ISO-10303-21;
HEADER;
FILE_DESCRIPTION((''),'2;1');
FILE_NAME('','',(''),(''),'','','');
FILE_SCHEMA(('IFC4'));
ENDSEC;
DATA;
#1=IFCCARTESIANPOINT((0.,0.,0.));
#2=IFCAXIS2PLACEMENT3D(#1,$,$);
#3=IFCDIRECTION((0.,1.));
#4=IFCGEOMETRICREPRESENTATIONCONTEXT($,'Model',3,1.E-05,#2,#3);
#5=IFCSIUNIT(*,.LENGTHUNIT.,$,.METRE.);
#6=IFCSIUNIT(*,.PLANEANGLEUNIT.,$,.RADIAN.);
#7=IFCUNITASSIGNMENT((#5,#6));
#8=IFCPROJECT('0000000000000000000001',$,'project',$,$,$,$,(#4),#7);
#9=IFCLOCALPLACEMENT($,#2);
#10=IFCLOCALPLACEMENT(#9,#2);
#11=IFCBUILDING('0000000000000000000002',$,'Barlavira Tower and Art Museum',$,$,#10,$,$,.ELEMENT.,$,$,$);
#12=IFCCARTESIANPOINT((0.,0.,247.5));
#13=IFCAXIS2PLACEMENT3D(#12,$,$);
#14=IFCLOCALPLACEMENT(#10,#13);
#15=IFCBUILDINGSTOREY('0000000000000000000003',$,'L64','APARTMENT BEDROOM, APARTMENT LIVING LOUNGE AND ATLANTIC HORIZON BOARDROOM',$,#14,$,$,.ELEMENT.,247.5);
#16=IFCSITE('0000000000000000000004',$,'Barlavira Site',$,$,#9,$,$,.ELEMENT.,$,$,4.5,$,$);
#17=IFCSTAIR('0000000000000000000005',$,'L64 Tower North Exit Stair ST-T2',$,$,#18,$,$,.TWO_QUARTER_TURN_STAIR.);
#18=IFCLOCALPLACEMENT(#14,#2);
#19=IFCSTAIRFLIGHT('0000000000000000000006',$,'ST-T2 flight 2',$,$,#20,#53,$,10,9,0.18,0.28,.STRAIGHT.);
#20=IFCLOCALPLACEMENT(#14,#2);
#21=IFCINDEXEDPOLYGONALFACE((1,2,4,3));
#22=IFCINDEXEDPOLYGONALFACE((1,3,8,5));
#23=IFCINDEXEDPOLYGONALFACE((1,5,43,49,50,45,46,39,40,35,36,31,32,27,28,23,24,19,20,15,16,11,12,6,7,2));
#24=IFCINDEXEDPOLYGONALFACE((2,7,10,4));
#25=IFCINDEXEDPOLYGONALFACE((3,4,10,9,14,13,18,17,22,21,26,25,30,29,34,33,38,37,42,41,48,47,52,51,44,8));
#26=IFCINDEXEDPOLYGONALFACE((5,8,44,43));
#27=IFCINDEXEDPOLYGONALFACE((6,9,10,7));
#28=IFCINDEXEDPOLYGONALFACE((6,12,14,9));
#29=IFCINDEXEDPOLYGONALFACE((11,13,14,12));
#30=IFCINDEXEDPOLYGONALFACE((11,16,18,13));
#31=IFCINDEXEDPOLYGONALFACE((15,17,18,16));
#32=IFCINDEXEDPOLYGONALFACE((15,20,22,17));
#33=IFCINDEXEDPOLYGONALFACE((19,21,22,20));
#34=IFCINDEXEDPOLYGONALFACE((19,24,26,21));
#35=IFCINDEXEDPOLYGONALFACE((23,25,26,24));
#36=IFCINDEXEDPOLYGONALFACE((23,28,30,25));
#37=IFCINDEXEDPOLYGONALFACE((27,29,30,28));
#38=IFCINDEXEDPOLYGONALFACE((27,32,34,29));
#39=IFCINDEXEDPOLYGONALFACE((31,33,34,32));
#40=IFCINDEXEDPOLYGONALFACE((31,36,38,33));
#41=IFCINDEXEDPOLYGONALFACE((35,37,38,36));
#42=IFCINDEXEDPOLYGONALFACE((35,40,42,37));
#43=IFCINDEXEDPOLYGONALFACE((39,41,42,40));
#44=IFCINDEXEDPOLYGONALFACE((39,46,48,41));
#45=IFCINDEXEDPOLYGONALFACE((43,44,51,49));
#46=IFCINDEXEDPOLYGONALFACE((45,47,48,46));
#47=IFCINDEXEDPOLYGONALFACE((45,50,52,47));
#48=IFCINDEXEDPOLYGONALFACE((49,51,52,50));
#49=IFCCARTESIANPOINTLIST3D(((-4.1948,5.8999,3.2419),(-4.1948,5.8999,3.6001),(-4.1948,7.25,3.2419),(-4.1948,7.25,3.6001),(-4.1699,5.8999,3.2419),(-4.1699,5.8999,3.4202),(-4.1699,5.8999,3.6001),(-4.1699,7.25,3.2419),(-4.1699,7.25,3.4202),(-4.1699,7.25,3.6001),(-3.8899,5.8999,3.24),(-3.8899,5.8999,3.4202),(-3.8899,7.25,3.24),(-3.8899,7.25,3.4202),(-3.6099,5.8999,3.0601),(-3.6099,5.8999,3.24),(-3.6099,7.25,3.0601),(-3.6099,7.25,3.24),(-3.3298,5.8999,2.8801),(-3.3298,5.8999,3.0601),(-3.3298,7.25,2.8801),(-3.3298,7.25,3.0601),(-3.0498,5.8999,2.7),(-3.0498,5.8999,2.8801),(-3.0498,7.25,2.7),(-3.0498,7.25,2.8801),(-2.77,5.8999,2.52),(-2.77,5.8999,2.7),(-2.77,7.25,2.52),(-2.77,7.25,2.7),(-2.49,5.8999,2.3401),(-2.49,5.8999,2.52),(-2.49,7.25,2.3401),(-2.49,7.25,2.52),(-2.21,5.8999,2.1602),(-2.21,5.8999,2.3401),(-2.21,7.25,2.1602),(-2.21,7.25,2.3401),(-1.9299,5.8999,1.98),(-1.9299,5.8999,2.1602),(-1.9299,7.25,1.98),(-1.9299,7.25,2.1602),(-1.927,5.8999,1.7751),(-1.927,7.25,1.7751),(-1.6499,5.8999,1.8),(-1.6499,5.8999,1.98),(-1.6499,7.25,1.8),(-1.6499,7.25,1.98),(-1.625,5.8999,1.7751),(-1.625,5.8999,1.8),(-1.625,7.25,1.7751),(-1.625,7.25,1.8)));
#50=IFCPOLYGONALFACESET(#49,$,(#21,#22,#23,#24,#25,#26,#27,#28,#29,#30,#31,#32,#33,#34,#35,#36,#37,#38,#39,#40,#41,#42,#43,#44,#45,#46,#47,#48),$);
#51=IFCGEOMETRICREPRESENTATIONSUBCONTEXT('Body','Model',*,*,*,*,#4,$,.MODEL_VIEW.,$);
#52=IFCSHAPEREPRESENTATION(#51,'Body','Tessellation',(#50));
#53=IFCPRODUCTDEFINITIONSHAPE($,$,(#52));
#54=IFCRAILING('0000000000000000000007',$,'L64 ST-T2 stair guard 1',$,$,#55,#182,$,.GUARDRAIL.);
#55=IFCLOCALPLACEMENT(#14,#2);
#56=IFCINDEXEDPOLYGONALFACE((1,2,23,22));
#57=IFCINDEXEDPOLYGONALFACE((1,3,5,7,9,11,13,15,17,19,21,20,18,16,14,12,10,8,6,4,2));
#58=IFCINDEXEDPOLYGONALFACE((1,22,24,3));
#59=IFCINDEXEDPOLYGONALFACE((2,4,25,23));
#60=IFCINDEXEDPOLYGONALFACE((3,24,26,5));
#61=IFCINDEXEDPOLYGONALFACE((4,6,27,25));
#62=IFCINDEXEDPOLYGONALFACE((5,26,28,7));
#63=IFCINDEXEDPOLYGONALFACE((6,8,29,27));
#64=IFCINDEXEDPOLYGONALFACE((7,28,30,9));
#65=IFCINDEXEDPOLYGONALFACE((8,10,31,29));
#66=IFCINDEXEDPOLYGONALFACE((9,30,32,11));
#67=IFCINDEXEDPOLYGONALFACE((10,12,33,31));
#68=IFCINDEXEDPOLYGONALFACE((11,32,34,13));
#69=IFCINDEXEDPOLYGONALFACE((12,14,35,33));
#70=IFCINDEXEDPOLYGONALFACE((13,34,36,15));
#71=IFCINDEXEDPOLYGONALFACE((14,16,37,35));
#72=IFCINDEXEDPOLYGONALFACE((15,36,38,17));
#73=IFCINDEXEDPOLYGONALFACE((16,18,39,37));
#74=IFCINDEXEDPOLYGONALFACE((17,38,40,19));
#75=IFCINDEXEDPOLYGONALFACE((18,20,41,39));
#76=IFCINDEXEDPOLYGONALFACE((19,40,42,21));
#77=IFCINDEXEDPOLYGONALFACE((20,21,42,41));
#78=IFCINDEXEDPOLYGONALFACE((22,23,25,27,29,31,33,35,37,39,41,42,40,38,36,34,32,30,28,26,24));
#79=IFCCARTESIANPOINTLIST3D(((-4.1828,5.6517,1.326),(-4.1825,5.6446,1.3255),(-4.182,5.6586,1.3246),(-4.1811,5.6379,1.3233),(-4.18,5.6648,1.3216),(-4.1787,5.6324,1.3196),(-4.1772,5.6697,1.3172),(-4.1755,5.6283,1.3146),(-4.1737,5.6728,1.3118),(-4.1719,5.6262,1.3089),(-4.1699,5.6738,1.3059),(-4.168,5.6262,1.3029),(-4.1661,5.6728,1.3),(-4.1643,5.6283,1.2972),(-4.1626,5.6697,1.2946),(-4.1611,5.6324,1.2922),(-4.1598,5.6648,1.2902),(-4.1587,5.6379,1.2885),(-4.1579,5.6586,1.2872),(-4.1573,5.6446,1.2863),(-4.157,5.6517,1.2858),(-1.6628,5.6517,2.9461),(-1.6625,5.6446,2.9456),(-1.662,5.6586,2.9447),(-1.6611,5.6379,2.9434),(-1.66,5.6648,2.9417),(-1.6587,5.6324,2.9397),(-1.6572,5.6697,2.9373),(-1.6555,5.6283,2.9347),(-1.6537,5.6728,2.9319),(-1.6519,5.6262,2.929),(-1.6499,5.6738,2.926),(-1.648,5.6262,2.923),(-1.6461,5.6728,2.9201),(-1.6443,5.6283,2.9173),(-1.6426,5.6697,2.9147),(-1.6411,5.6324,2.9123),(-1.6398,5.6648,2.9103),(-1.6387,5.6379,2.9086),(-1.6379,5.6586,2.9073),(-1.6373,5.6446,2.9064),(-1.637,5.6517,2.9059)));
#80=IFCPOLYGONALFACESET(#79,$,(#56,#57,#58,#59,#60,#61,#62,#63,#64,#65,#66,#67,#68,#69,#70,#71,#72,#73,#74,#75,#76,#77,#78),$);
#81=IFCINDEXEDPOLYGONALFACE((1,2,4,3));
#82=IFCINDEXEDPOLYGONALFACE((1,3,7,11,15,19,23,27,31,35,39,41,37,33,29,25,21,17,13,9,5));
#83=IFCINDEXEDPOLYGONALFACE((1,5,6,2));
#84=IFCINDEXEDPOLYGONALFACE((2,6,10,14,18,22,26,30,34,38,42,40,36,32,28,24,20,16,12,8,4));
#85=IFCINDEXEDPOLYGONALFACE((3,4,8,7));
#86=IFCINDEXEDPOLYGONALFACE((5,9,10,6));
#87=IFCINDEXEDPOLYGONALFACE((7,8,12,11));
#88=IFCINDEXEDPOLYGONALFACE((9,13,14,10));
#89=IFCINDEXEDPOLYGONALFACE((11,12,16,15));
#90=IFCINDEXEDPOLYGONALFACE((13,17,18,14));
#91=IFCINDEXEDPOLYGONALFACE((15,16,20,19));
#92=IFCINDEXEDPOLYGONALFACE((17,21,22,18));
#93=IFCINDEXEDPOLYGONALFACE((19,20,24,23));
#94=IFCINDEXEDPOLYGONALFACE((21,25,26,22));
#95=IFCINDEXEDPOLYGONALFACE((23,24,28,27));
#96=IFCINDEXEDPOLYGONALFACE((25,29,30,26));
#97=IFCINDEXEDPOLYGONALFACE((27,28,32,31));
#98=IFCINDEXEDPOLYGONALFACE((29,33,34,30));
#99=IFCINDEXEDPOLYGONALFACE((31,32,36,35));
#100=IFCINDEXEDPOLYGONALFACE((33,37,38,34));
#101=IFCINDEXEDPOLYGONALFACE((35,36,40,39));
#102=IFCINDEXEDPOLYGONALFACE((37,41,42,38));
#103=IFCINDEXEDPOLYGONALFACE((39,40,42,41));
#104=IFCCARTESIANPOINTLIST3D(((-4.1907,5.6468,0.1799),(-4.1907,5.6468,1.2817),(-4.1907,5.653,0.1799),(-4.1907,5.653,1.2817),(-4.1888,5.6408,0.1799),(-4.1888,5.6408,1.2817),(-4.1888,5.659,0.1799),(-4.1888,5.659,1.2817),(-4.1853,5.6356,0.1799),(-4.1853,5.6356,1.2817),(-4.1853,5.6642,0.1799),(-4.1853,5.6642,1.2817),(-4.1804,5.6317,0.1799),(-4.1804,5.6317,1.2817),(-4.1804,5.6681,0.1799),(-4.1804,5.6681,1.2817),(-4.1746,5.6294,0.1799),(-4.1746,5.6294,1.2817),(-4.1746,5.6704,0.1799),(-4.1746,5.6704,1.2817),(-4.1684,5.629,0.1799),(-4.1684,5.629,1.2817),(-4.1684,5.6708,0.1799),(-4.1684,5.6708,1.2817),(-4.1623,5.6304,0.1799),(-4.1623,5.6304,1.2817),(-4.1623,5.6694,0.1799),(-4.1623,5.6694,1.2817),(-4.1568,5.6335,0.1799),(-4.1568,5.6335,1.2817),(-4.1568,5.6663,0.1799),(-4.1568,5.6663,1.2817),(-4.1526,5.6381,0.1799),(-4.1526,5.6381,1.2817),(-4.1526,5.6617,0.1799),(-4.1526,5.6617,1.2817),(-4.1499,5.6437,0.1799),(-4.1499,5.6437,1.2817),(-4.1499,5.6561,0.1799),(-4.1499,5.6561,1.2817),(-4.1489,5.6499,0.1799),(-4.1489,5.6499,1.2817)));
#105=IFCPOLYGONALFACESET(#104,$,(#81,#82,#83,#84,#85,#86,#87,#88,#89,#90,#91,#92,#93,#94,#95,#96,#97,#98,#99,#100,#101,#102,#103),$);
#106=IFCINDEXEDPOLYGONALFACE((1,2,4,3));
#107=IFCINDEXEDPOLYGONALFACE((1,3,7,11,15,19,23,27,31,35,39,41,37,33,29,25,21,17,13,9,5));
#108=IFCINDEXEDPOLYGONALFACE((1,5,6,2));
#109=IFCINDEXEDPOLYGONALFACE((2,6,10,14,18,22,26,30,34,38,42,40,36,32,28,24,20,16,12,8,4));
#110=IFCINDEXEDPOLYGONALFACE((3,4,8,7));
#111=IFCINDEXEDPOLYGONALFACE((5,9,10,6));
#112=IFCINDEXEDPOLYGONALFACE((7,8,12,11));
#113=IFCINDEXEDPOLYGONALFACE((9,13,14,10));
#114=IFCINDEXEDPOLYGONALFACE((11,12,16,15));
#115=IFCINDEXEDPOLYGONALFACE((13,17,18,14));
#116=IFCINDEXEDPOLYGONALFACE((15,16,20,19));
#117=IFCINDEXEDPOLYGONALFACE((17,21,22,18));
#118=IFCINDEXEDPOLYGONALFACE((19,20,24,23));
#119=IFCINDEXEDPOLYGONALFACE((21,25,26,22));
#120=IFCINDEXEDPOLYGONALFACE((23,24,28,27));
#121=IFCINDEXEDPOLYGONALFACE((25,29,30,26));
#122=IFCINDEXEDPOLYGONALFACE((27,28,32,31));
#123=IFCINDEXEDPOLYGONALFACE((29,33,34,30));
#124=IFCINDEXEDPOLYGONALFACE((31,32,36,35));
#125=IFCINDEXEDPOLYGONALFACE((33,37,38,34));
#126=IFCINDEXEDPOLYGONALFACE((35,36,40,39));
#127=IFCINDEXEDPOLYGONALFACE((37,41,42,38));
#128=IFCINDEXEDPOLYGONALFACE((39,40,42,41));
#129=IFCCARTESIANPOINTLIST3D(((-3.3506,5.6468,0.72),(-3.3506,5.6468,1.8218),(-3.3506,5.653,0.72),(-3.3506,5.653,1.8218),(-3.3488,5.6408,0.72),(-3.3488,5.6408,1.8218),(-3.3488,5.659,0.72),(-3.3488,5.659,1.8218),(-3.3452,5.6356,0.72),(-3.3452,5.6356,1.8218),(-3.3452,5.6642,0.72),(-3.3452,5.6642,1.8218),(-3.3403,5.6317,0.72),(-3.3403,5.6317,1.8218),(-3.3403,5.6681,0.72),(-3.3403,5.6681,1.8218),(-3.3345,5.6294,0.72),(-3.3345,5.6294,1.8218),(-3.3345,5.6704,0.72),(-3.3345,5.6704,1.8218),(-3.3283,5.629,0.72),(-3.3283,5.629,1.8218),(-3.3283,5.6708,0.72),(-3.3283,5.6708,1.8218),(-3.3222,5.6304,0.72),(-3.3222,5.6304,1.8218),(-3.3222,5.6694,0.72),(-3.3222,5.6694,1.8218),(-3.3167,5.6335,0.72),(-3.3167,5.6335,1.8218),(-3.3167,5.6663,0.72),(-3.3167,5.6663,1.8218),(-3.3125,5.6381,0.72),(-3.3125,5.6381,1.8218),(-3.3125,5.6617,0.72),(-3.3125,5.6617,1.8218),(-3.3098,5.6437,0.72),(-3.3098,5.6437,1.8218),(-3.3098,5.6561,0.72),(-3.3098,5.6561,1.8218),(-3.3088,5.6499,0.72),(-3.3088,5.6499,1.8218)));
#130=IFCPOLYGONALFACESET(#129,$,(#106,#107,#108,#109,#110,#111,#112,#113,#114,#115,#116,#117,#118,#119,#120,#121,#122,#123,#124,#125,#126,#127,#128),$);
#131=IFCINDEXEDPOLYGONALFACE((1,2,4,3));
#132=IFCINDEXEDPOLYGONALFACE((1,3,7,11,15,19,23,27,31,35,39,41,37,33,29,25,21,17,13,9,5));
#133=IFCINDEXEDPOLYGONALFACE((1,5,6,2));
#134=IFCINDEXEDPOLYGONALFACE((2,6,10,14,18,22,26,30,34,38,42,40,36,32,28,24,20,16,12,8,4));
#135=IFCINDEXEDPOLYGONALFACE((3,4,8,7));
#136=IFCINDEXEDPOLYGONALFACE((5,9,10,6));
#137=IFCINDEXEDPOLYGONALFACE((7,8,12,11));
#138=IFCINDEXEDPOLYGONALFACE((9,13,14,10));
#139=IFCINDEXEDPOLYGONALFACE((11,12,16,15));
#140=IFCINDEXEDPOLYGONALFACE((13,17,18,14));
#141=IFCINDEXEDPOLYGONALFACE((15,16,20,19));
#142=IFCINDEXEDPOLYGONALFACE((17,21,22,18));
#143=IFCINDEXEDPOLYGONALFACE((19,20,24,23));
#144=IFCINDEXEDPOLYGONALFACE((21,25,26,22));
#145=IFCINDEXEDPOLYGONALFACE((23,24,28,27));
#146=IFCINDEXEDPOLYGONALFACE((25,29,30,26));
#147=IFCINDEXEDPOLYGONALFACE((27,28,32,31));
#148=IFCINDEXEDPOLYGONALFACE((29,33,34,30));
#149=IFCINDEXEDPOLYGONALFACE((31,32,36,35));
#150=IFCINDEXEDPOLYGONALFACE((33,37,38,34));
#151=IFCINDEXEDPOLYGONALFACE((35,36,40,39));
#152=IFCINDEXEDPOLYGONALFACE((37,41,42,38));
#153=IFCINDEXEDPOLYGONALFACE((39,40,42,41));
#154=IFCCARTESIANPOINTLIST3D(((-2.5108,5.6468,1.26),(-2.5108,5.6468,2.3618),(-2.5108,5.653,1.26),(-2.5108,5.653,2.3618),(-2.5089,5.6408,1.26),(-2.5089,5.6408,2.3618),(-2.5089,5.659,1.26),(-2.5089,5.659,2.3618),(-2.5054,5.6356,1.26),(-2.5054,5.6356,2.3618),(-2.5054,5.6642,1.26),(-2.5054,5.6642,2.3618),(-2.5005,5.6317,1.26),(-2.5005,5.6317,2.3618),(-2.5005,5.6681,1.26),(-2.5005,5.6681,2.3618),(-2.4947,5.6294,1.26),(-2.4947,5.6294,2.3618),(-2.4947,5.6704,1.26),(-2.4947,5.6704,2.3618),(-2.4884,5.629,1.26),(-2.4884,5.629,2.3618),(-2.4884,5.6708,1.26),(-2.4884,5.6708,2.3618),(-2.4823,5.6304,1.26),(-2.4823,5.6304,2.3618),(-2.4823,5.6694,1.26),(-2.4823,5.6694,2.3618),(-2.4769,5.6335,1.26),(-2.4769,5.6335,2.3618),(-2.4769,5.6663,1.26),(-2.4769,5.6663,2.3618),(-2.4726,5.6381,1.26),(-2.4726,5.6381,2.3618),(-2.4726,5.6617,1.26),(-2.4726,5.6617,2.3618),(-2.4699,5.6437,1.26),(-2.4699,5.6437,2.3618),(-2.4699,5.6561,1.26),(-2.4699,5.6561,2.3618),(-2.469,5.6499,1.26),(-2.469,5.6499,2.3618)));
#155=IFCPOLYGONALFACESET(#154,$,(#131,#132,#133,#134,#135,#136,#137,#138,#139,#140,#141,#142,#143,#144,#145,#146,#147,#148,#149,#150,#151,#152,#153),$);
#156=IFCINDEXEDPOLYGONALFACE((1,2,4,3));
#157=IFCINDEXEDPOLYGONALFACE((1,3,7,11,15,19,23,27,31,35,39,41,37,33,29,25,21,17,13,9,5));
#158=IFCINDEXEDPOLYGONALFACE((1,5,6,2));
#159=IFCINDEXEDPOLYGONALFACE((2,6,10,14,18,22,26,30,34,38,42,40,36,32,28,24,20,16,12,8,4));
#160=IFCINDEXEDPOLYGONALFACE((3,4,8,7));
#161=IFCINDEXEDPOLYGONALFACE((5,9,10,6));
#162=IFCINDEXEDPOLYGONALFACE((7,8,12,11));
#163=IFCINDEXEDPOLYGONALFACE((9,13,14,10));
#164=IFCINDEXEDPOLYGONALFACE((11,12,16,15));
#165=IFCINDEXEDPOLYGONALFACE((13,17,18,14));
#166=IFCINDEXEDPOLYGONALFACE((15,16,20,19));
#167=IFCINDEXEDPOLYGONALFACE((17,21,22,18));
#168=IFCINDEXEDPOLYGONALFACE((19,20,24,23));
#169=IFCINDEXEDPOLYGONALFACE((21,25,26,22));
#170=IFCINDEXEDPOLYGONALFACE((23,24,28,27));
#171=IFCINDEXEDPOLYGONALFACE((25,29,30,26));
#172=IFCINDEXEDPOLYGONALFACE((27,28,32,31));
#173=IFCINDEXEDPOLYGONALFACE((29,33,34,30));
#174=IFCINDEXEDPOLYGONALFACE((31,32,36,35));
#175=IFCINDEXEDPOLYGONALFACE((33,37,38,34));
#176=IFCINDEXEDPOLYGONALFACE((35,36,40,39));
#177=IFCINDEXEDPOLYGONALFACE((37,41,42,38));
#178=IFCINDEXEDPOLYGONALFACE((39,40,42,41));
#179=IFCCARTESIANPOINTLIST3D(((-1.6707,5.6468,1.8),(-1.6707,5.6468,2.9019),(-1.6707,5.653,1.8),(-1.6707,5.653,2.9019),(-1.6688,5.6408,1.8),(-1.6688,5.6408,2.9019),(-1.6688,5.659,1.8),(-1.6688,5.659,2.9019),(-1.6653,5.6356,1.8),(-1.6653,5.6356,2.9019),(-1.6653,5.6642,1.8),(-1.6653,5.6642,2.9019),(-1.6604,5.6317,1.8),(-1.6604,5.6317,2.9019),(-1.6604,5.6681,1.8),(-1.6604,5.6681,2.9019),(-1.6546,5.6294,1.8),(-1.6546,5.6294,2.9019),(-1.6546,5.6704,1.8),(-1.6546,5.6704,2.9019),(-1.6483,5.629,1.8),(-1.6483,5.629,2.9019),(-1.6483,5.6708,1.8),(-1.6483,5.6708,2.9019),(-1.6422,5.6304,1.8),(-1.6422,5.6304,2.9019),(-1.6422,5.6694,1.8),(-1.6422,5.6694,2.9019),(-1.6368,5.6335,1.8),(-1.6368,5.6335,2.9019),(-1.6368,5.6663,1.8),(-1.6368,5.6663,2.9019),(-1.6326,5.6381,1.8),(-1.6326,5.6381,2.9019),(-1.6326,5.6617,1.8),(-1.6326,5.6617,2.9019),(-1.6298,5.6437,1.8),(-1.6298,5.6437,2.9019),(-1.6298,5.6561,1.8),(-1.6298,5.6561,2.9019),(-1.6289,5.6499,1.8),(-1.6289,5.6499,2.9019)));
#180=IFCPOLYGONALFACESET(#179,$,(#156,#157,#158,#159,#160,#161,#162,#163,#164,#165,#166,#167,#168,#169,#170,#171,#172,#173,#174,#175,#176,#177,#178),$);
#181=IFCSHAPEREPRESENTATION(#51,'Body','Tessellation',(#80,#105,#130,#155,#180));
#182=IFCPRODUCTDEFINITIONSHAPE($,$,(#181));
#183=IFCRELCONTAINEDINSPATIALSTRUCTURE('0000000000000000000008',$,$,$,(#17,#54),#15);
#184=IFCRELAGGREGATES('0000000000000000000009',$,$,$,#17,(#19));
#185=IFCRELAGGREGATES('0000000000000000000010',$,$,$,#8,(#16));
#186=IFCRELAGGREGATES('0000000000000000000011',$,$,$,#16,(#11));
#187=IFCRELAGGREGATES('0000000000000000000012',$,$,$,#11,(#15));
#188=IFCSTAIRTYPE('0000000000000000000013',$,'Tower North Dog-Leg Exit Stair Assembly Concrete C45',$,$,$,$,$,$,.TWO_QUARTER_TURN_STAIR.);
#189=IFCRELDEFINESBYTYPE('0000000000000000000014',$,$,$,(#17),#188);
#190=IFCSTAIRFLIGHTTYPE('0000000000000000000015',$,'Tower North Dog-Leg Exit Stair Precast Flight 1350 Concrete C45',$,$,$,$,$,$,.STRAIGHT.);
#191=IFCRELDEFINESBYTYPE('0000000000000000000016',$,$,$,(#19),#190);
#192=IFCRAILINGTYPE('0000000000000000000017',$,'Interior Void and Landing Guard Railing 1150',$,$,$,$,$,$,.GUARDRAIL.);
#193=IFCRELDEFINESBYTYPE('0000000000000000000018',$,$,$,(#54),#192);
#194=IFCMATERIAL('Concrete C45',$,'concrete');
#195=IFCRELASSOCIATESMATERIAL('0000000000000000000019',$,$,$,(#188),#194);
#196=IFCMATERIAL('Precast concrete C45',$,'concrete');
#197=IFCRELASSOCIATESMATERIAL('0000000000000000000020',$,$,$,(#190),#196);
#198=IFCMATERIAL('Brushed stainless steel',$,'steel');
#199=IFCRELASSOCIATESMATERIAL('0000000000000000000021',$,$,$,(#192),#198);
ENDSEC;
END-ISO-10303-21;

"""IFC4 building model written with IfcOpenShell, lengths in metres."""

from ifc_helpers import new_model, si_unit, direction, frame, origin, origin_2d, place, context, subcontext, project, spatial, polyline, circle, outline, extrude, material, type_object, element, aggregate, save


model = new_model("IFC4")

# Units and contexts
model_context = context("Model", 3, precision=1e-05, world=origin(), true_north=direction((0.0, 1.0)))
body_context = subcontext(model_context, "Body", "Model", "MODEL_VIEW")
ifc_project = project(units=[si_unit("LENGTHUNIT", "METRE"), si_unit("PLANEANGLEUNIT", "RADIAN")], contexts=[model_context])

# Site, building, storey
site_placement = place(None, origin())
site = spatial("IfcSite", under=ifc_project, at=site_placement, Name="Barlavira Site", CompositionType="ELEMENT", RefElevation=4.5)
building_placement = place(site_placement, origin())
building = spatial("IfcBuilding", under=site, at=building_placement, Name="Barlavira Tower and Art Museum", CompositionType="ELEMENT")
storey_placement = place(building_placement, frame((0.0, 0.0, 247.5)))
storey = spatial("IfcBuildingStorey", under=building, at=storey_placement, Name="L64", Description="APARTMENT BEDROOM, APARTMENT LIVING LOUNGE AND ATLANTIC HORIZON BOARDROOM", CompositionType="ELEMENT", Elevation=247.5)

# Shared definitions
ifc_material_1 = material(Name="Brushed stainless steel", Category="steel")

# Stair, stair flight
ifc_material_2 = material(Name="Concrete C45", Category="concrete")
stair_type = type_object("IfcStairType", Name="Tower North Dog-Leg Exit Stair Assembly Concrete C45", PredefinedType="TWO_QUARTER_TURN_STAIR", material=ifc_material_2)
stair_placement = place(storey_placement, origin())
stair = element("IfcStair", 1, at=stair_placement, inside=storey, type_object=stair_type, Name="L64 Tower North Exit Stair ST-T2", PredefinedType="TWO_QUARTER_TURN_STAIR")
ifc_material_3 = material(Name="Precast concrete C45", Category="concrete")
stair_flight_type = type_object("IfcStairFlightType", Name="Tower North Dog-Leg Exit Stair Precast Flight 1350 Concrete C45", PredefinedType="STRAIGHT", material=ifc_material_3)
stair_flight_1_placement = place(storey_placement, frame((-1.6499, 6.575, 1.8), z_axis=(0.0, 0.0, 1.0), x_axis=(-1.0, 0.0, 0.0)))
stair_flight_1 = element("IfcStairFlight", 2, at=stair_flight_1_placement, type_object=stair_flight_type, Name="ST-T2 flight 2", NumberOfRisers=10, NumberOfTreads=9, PredefinedType="STRAIGHT", RiserHeight=0.18, TreadLength=0.28, context=body_context, shape_type="SweptSolid", body=[
    extrude(outline(polyline([(-0.0249, 0.0), (0.0, 0.0), (0.0, 0.1799), (0.28, 0.1799), (0.28, 0.3601), (0.5601, 0.3601), (0.5601, 0.54), (0.8401, 0.54), (0.8401, 0.72), (1.1201, 0.72), (1.1201, 0.8999), (1.3999, 0.8999), (1.3999, 1.0801), (1.6799, 1.0801), (1.6799, 1.26), (1.96, 1.26), (1.96, 1.4399), (2.24, 1.4399), (2.24, 1.6201), (2.52, 1.6201), (2.52, 1.8), (2.5449, 1.8), (2.5449, 1.4419), (2.52, 1.4419), (0.2771, -0.0249), (-0.0249, -0.0249), (-0.0249, 0.0)])), frame((0.0, 0.675, 0.0), z_axis=(0.0, -1.0, 0.0), x_axis=(1.0, 0.0, 0.0)), (0.0, 0.0, 1.0), 1.3501),
])
aggregate(stair, [stair_flight_1])

# Railing
railing_type_1 = type_object("IfcRailingType", Name="Interior Void and Landing Guard Railing 1150", PredefinedType="GUARDRAIL", material=ifc_material_1)
railing_1_placement = place(storey_placement, frame((-4.1699, 5.6499, 0.1799)))
element("IfcRailing", 3, at=railing_1_placement, inside=storey, type_object=railing_type_1, Name="L64 ST-T2 stair guard 1", PredefinedType="GUARDRAIL", context=body_context, shape_type="SweptSolid", body=[
    extrude(circle(Radius=0.0239, at=origin_2d()), frame((0.0, 0.0, 1.126), z_axis=(0.841163, 0.0, 0.540782), x_axis=(0.0, 1.0, 0.0)), (0.0, 0.0, 1.0), 2.9958),
    extrude(circle(Radius=0.021, at=origin_2d()), origin(), (0.0, 0.0, 1.0), 1.1018),
    extrude(circle(Radius=0.021, at=origin_2d()), frame((0.8401, 0.0, 0.54)), (0.0, 0.0, 1.0), 1.1018),
    extrude(circle(Radius=0.021, at=origin_2d()), frame((1.6799, 0.0, 1.0801)), (0.0, 0.0, 1.0), 1.1018),
    extrude(circle(Radius=0.021, at=origin_2d()), frame((2.52, 0.0, 1.6201)), (0.0, 0.0, 1.0), 1.1018),
])

save(model, "model.ifc")
